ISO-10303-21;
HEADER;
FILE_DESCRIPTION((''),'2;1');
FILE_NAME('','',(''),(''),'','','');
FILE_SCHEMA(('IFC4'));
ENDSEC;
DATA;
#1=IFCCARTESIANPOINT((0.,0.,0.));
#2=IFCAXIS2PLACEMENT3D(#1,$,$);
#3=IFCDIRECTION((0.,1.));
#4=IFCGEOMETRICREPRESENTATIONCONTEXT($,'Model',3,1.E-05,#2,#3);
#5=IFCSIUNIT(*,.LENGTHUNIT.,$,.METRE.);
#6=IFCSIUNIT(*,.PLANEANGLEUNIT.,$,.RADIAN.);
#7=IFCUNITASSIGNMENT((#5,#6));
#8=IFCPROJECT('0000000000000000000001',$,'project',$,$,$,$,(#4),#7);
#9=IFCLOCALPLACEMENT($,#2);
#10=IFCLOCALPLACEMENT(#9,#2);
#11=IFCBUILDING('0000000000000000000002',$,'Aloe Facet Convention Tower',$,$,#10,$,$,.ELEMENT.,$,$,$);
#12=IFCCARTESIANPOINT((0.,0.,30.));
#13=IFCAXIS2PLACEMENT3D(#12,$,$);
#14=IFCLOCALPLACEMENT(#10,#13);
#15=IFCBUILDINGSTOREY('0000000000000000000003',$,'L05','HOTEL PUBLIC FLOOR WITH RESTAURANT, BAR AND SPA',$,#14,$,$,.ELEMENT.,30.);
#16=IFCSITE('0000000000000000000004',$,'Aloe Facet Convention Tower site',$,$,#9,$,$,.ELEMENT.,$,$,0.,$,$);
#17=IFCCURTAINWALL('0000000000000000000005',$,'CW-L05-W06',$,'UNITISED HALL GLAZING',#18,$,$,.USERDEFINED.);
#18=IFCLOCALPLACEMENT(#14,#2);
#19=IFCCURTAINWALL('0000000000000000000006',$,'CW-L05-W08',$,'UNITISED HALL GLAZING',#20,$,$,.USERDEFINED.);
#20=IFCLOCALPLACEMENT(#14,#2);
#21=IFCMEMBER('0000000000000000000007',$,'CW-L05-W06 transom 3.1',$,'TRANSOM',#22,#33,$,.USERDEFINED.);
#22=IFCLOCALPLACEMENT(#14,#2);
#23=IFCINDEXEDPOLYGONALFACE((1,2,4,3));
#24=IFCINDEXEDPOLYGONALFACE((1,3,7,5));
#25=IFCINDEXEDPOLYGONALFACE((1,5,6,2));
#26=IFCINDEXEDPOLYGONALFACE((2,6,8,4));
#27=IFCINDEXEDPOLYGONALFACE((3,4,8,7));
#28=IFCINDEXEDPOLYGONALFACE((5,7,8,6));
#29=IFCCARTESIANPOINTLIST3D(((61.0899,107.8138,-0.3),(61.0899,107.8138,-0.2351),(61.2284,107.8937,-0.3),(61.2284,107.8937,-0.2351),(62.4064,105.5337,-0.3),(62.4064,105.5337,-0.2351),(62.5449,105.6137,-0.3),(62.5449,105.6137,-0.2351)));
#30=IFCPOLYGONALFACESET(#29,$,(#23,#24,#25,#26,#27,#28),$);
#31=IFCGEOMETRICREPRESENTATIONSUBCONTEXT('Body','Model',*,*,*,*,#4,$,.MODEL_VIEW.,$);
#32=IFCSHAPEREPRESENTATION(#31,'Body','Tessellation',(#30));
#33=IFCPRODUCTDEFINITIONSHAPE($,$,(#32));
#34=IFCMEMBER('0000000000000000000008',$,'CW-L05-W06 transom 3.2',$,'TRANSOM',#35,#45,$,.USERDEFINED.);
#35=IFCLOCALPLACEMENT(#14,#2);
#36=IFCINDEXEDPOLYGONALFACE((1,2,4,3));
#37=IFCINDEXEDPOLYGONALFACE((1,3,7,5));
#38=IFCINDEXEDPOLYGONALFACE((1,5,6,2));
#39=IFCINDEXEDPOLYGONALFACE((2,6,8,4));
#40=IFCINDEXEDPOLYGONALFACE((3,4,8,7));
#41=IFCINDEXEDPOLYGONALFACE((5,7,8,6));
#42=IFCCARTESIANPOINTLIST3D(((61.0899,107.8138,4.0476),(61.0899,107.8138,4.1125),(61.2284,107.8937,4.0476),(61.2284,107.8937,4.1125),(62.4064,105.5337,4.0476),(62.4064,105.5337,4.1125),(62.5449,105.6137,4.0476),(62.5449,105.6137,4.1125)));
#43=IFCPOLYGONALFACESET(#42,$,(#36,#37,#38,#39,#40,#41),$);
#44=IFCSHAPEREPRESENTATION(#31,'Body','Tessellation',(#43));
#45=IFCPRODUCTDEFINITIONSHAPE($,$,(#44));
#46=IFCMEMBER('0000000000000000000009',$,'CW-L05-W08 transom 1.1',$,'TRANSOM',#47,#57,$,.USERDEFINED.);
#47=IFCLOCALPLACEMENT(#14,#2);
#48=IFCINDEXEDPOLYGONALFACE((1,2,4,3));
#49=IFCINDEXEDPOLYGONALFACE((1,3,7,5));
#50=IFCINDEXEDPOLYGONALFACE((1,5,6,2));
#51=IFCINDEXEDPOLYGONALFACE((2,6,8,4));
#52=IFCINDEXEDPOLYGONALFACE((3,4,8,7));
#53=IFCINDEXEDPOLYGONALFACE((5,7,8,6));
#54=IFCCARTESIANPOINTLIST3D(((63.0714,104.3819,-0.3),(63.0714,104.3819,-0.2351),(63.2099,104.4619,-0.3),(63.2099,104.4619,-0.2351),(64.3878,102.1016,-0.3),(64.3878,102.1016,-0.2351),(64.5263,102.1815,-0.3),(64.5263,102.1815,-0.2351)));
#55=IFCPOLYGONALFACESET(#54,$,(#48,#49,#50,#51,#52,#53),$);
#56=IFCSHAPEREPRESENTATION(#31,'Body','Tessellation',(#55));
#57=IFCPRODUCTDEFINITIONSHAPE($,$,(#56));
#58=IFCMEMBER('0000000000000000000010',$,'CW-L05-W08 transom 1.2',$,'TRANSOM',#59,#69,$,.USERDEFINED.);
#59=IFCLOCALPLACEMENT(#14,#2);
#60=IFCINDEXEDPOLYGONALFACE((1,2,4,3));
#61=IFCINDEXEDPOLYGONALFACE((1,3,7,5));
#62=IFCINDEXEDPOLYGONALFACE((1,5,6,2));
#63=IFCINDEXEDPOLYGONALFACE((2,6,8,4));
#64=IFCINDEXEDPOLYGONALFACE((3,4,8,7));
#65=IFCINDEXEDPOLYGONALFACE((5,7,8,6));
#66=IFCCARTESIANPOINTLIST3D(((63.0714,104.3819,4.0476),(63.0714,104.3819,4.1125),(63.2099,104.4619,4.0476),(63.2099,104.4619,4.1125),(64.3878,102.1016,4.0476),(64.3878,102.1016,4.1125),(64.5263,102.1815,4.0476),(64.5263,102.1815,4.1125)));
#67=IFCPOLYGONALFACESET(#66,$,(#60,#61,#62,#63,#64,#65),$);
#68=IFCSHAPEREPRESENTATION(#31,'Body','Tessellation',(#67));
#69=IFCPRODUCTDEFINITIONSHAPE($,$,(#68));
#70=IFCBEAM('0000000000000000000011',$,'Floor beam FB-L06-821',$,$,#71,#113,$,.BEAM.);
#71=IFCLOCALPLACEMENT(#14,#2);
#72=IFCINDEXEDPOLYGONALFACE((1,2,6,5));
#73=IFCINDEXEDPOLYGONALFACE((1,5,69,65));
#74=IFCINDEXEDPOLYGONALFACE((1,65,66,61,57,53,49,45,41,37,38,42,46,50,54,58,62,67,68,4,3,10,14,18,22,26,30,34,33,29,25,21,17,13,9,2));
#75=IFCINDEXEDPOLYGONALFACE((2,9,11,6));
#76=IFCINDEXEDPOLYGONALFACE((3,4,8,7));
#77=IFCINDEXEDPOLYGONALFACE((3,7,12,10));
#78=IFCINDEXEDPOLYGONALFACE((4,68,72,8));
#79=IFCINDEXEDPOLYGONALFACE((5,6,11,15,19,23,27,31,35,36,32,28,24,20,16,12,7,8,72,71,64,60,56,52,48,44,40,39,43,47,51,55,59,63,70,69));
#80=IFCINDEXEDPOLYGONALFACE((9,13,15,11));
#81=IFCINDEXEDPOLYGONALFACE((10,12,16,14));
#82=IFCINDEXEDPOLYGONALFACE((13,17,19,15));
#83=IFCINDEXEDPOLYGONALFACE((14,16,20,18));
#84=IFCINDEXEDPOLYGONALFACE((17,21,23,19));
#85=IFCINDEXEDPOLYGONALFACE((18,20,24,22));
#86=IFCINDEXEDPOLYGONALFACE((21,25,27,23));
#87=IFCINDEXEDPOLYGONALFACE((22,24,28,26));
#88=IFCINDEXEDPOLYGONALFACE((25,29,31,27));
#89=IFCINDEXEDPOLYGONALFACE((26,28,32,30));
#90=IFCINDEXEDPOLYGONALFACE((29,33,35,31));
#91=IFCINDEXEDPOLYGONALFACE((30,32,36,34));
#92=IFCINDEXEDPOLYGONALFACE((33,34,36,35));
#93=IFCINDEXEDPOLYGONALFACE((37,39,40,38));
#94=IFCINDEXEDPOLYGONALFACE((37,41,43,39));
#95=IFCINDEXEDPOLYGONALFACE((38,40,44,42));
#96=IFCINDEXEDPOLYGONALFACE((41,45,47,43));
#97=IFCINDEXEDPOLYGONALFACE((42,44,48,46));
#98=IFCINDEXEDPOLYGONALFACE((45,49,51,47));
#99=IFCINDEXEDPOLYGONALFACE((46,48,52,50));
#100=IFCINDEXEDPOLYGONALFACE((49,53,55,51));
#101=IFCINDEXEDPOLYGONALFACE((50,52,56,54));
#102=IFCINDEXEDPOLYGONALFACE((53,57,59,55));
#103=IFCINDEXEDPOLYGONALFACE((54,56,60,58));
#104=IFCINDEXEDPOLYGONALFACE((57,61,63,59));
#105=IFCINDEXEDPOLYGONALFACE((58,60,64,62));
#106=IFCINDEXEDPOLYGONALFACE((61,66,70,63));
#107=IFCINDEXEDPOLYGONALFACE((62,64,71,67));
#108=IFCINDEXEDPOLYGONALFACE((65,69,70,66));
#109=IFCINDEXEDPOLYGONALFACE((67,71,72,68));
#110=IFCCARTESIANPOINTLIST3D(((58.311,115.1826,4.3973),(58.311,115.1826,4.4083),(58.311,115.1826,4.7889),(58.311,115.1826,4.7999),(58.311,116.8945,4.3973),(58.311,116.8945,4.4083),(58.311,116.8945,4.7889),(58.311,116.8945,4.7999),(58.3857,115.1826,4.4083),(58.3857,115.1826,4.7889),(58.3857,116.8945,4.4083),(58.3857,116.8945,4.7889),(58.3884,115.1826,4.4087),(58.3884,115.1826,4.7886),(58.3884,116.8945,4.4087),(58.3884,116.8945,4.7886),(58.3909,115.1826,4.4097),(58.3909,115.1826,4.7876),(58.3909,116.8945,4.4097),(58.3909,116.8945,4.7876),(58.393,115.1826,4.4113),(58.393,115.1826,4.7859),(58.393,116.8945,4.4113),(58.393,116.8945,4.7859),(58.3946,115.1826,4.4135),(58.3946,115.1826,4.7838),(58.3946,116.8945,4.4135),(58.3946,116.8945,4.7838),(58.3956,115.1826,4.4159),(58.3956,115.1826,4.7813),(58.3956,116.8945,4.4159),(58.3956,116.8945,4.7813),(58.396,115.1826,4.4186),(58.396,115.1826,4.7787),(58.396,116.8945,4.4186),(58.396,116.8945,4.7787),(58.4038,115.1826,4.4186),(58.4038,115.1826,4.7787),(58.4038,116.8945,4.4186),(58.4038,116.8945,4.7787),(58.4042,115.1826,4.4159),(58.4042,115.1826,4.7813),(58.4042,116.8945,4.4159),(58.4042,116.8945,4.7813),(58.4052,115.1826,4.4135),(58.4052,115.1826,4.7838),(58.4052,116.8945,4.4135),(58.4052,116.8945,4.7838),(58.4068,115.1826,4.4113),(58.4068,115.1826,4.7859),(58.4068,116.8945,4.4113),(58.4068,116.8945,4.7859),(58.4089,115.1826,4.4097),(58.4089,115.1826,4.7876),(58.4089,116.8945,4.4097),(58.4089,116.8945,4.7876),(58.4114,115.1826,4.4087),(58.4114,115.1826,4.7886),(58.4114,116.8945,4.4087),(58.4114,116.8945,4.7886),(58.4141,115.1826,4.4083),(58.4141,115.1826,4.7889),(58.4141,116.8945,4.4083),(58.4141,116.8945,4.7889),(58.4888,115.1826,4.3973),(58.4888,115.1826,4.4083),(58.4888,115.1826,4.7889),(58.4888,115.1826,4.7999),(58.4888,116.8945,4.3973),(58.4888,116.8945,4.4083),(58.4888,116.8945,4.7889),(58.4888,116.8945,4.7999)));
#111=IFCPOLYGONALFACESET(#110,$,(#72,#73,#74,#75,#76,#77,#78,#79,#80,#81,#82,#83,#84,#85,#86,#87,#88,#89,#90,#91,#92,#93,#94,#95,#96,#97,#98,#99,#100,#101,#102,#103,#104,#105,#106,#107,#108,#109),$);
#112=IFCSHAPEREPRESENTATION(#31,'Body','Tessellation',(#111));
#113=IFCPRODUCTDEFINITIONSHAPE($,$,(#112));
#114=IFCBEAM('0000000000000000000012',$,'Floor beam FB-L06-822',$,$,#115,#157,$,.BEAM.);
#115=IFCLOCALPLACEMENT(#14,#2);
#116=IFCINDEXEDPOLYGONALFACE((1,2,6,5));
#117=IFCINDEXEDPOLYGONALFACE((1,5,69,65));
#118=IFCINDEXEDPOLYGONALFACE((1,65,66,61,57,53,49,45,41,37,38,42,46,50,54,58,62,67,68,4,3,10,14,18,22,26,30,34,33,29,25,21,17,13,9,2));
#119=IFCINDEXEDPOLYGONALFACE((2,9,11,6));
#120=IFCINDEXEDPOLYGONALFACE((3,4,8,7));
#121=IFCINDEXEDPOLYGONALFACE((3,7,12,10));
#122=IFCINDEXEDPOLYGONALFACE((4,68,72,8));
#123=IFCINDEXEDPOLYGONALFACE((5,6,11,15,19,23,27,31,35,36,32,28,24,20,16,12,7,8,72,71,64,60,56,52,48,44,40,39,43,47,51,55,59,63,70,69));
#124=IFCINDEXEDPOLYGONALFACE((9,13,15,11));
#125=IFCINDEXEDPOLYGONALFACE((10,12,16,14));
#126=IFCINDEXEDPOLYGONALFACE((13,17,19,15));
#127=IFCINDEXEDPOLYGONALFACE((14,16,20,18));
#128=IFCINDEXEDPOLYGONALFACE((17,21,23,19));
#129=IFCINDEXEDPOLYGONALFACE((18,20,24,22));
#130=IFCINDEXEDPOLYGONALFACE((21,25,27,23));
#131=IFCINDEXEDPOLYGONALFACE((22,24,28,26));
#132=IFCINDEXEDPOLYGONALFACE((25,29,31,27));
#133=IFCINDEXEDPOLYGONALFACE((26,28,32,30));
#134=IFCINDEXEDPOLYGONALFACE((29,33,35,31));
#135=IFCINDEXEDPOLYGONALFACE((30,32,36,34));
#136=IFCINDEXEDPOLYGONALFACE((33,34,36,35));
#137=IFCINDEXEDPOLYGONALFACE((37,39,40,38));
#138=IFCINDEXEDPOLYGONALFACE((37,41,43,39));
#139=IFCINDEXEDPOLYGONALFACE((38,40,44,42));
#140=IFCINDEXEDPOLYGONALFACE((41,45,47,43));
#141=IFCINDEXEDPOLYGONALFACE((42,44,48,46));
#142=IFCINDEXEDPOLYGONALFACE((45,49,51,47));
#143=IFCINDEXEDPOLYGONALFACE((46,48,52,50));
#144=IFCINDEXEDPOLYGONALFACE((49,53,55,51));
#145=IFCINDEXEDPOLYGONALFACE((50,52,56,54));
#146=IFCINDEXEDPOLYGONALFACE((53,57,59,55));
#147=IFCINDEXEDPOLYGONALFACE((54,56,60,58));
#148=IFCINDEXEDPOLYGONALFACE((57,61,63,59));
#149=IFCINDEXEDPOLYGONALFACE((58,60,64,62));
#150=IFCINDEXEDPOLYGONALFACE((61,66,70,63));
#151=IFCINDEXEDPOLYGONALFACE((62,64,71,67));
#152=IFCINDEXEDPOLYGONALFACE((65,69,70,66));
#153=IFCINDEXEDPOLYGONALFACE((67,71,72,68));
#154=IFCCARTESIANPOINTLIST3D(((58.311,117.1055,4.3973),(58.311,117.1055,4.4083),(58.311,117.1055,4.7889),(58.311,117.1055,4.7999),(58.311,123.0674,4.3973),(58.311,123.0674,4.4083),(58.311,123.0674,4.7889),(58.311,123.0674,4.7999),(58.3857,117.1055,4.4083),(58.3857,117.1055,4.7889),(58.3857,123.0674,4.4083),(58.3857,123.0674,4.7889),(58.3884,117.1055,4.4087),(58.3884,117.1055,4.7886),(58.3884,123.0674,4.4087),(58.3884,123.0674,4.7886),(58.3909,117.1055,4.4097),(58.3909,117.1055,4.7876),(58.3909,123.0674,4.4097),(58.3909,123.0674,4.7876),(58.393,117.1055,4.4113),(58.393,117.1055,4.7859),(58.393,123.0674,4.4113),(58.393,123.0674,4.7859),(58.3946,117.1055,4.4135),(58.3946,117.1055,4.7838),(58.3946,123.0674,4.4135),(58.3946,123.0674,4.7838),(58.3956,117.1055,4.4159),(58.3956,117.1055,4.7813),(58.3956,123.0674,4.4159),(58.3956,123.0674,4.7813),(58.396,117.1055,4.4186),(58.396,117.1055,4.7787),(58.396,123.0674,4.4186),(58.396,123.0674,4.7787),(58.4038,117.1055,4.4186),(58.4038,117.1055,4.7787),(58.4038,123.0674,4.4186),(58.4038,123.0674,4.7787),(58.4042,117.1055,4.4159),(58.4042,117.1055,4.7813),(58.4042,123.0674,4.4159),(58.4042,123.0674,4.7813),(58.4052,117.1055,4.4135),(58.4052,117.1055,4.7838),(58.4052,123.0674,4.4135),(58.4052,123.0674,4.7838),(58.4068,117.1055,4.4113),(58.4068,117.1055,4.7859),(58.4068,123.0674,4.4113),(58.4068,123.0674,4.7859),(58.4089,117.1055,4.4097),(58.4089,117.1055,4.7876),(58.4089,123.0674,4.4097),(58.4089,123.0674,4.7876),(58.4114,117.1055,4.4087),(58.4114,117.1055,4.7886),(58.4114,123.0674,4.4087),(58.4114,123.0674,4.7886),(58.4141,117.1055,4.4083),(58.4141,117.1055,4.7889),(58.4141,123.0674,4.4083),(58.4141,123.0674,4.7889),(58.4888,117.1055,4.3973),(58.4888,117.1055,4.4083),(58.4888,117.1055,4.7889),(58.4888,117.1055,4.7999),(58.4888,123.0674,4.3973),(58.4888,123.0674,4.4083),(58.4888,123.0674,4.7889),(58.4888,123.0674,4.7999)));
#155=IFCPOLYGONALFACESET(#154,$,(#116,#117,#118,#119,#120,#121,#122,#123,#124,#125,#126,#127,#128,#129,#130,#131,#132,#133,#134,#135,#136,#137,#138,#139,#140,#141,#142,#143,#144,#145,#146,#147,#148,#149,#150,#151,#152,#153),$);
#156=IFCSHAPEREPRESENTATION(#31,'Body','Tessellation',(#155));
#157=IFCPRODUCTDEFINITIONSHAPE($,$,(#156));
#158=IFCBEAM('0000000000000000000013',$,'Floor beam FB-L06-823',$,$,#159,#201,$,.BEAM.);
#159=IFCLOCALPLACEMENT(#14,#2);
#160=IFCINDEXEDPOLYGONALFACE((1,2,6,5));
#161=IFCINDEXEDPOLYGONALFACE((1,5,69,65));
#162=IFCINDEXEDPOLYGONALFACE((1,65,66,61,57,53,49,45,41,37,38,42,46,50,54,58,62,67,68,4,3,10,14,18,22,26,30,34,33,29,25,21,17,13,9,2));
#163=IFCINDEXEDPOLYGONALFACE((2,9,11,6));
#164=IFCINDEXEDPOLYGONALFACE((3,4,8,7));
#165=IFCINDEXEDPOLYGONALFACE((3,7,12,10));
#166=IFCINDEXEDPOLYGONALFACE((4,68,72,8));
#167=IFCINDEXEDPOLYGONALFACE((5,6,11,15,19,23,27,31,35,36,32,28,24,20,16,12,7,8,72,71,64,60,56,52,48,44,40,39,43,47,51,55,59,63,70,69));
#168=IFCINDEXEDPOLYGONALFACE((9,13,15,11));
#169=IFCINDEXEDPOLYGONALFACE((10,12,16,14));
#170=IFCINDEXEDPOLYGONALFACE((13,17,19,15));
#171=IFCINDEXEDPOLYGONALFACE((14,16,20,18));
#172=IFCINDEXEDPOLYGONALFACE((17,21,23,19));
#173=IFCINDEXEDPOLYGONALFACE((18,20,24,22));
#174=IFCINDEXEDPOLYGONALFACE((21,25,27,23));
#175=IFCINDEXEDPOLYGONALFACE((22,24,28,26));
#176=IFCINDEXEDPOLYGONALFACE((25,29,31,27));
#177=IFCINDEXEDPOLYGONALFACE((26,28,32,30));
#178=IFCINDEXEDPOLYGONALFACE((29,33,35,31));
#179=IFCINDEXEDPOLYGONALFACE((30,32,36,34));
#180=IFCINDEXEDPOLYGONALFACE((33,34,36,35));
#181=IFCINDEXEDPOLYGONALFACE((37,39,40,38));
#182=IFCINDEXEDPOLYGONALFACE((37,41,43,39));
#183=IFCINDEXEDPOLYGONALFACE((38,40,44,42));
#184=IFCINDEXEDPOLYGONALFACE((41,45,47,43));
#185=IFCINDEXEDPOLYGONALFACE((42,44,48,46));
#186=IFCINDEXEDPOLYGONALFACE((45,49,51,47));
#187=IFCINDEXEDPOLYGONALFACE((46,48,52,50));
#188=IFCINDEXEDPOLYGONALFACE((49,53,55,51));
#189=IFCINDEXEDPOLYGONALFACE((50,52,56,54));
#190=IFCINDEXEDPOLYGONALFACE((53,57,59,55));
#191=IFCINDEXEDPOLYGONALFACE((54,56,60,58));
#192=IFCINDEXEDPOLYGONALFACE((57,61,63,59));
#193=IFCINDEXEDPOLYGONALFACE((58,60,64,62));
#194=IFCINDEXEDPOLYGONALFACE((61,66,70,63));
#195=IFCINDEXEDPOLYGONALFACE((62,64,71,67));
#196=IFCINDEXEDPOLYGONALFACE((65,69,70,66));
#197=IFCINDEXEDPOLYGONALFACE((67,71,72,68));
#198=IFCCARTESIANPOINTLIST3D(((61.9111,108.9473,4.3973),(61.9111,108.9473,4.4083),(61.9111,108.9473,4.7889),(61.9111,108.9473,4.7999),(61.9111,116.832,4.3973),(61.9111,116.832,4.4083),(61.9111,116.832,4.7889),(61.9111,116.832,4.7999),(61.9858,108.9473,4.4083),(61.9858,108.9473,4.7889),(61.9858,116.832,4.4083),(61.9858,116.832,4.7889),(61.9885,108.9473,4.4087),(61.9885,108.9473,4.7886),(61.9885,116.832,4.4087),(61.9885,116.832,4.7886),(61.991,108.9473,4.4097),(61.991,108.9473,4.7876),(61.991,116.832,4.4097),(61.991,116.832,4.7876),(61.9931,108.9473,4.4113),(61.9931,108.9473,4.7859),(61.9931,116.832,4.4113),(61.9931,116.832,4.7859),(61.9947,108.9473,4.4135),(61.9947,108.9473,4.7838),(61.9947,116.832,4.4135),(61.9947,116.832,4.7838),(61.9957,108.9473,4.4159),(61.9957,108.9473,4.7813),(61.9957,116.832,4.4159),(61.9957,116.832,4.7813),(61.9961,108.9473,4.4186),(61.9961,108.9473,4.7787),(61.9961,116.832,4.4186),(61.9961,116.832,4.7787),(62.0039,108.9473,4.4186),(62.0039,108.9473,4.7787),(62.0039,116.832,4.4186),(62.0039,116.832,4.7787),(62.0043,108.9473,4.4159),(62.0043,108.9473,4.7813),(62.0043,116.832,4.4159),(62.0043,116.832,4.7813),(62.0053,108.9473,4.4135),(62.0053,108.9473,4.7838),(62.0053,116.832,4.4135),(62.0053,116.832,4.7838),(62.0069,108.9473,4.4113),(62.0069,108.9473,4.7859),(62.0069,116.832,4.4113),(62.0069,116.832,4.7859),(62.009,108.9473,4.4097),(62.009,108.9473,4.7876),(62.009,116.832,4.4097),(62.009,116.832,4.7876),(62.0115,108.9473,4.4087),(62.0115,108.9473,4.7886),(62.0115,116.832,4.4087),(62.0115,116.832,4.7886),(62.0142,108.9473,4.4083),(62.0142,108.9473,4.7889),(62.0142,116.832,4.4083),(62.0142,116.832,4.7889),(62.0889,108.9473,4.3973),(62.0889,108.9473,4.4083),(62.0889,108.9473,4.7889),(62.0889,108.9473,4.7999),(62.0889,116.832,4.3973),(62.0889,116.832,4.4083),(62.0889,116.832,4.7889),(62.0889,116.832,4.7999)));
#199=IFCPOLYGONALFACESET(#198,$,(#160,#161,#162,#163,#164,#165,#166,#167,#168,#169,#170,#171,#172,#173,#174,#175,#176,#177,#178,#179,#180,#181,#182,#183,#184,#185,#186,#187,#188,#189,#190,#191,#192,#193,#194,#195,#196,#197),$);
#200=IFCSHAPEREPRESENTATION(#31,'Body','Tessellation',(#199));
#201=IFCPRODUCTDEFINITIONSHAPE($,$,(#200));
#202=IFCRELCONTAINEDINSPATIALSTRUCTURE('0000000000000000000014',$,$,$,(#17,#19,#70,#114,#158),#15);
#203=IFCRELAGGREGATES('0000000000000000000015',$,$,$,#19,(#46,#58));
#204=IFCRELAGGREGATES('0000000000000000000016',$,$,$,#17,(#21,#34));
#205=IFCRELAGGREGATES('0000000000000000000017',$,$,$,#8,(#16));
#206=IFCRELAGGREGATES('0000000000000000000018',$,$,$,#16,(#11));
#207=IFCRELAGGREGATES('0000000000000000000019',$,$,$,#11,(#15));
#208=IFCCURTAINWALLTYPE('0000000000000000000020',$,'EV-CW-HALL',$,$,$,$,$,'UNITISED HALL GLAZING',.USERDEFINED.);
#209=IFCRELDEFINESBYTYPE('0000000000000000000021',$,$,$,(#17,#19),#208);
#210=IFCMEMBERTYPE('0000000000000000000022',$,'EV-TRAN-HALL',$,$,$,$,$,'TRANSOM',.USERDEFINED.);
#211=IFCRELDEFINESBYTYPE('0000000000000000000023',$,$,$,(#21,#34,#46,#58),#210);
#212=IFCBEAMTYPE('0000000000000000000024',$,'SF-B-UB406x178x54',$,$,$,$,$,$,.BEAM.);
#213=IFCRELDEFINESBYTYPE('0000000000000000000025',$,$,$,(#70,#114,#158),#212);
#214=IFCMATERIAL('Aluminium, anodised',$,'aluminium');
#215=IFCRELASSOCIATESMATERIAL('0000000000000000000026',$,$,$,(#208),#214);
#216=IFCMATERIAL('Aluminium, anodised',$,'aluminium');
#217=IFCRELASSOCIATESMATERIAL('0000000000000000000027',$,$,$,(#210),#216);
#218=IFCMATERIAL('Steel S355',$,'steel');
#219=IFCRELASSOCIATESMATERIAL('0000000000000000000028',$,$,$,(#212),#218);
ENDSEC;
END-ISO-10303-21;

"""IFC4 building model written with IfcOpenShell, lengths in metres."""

from ifc_helpers import new_model, si_unit, direction, frame, origin, origin_2d, place, context, subcontext, project, spatial, rectangle, i_section, extrude, material, material_profile, profile_set, type_object, element, aggregate, save


model = new_model("IFC4")

# Units and contexts
model_context = context("Model", 3, precision=1e-05, world=origin(), true_north=direction((0.0, 1.0)))
body_context = subcontext(model_context, "Body", "Model", "MODEL_VIEW")
ifc_project = project(units=[si_unit("LENGTHUNIT", "METRE"), si_unit("PLANEANGLEUNIT", "RADIAN")], contexts=[model_context])

# Site, building, storey
site_placement = place(None, origin())
site = spatial("IfcSite", under=ifc_project, at=site_placement, Name="Aloe Facet Convention Tower site", CompositionType="ELEMENT", RefElevation=0.0)
building_placement = place(site_placement, origin())
building = spatial("IfcBuilding", under=site, at=building_placement, Name="Aloe Facet Convention Tower", CompositionType="ELEMENT")
storey_placement = place(building_placement, frame((0.0, 0.0, 30.0)))
storey = spatial("IfcBuildingStorey", under=building, at=storey_placement, Name="L05", Description="HOTEL PUBLIC FLOOR WITH RESTAURANT, BAR AND SPA", CompositionType="ELEMENT", Elevation=30.0)

# Curtain wall
ifc_material_1 = material(Name="Aluminium, anodised", Category="aluminium")
curtain_wall_type = type_object("IfcCurtainWallType", Name="EV-CW-HALL", ElementType="UNITISED HALL GLAZING", PredefinedType="USERDEFINED", material=ifc_material_1)
curtain_wall_1_placement = place(storey_placement, origin())
curtain_wall_1 = element("IfcCurtainWall", 1, at=curtain_wall_1_placement, inside=storey, type_object=curtain_wall_type, Name="CW-L05-W06", ObjectType="UNITISED HALL GLAZING", PredefinedType="USERDEFINED")

# Curtain wall
curtain_wall_2_placement = place(storey_placement, origin())
curtain_wall_2 = element("IfcCurtainWall", 2, at=curtain_wall_2_placement, inside=storey, type_object=curtain_wall_type, Name="CW-L05-W08", ObjectType="UNITISED HALL GLAZING", PredefinedType="USERDEFINED")

# Members
ifc_material_2 = material(Name="Aluminium, anodised", Category="aluminium")
ifc_material_profile_1 = material_profile(ifc_material_2, rectangle(XDim=0.1599, YDim=0.0649, at=origin_2d()), Name="AL 160x65")
ifc_profile_set_1 = profile_set([ifc_material_profile_1], Name="Aluminium, anodised")
member_type_1 = type_object("IfcMemberType", Name="EV-TRAN-HALL", ElementType="TRANSOM", PredefinedType="USERDEFINED", material=ifc_profile_set_1)
member_1_placement = place(storey_placement, frame((61.1592, 107.8538, -0.2676), z_axis=(0.500009, -0.86602, 0.0), x_axis=(0.86602, 0.500009, 0.0)))
member_1 = element("IfcMember", 3, at=member_1_placement, type_object=member_type_1, Name="CW-L05-W06 transom 3.1", ObjectType="TRANSOM", PredefinedType="USERDEFINED", context=body_context, shape_type="SweptSolid", body=[
    extrude(rectangle(XDim=0.1599, YDim=0.0649, at=origin_2d()), origin(), (0.0, 0.0, 1.0), 2.6328),
])
member_2_placement = place(storey_placement, frame((61.1592, 107.8538, 4.0801), z_axis=(0.500009, -0.86602, 0.0), x_axis=(0.86602, 0.500009, 0.0)))
member_2 = element("IfcMember", 4, at=member_2_placement, type_object=member_type_1, Name="CW-L05-W06 transom 3.2", ObjectType="TRANSOM", PredefinedType="USERDEFINED", context=body_context, shape_type="SweptSolid", body=[
    extrude(rectangle(XDim=0.1599, YDim=0.0649, at=origin_2d()), origin(), (0.0, 0.0, 1.0), 2.6328),
])
member_3_placement = place(storey_placement, frame((63.1406, 104.4219, -0.2676), z_axis=(0.499969, -0.866044, 0.0), x_axis=(0.866044, 0.499969, 0.0)))
member_3 = element("IfcMember", 5, at=member_3_placement, type_object=member_type_1, Name="CW-L05-W08 transom 1.1", ObjectType="TRANSOM", PredefinedType="USERDEFINED", context=body_context, shape_type="SweptSolid", body=[
    extrude(rectangle(XDim=0.1599, YDim=0.0649, at=origin_2d()), origin(), (0.0, 0.0, 1.0), 2.6331),
])
member_4_placement = place(storey_placement, frame((63.1406, 104.4219, 4.0801), z_axis=(0.499969, -0.866044, 0.0), x_axis=(0.866044, 0.499969, 0.0)))
member_4 = element("IfcMember", 6, at=member_4_placement, type_object=member_type_1, Name="CW-L05-W08 transom 1.2", ObjectType="TRANSOM", PredefinedType="USERDEFINED", context=body_context, shape_type="SweptSolid", body=[
    extrude(rectangle(XDim=0.1599, YDim=0.0649, at=origin_2d()), origin(), (0.0, 0.0, 1.0), 2.6331),
])
aggregate(curtain_wall_2, [member_3, member_4])

# Beams
ifc_material_3 = material(Name="Steel S355", Category="steel")
ifc_material_profile_2 = material_profile(ifc_material_3, i_section(OverallWidth=0.1777, OverallDepth=0.4026, WebThickness=0.0078, FlangeThickness=0.011, FilletRadius=0.0103, at=origin_2d()), Name="UB 406x178x54")
ifc_profile_set_2 = profile_set([ifc_material_profile_2], Name="Steel S355")
beam_type_1 = type_object("IfcBeamType", Name="SF-B-UB406x178x54", PredefinedType="BEAM", material=ifc_profile_set_2)
beam_1_placement = place(storey_placement, frame((58.3999, 115.1826, 4.5986), z_axis=(0.0, 1.0, 0.0), x_axis=(-1.0, 0.0, 0.0)))
element("IfcBeam", 7, at=beam_1_placement, inside=storey, type_object=beam_type_1, Name="Floor beam FB-L06-821", PredefinedType="BEAM", context=body_context, shape_type="SweptSolid", body=[
    extrude(i_section(OverallWidth=0.1777, OverallDepth=0.4026, WebThickness=0.0078, FlangeThickness=0.011, FilletRadius=0.0103, at=origin_2d()), origin(), (0.0, 0.0, 1.0), 1.7119),
])
beam_2_placement = place(storey_placement, frame((58.3999, 117.1055, 4.5986), z_axis=(0.0, 1.0, 0.0), x_axis=(-1.0, 0.0, 0.0)))
element("IfcBeam", 8, at=beam_2_placement, inside=storey, type_object=beam_type_1, Name="Floor beam FB-L06-822", PredefinedType="BEAM", context=body_context, shape_type="SweptSolid", body=[
    extrude(i_section(OverallWidth=0.1777, OverallDepth=0.4026, WebThickness=0.0078, FlangeThickness=0.011, FilletRadius=0.0103, at=origin_2d()), origin(), (0.0, 0.0, 1.0), 5.9619),
])
beam_3_placement = place(storey_placement, frame((62.0, 108.9473, 4.5986), z_axis=(0.0, 1.0, 0.0), x_axis=(-1.0, 0.0, 0.0)))
element("IfcBeam", 9, at=beam_3_placement, inside=storey, type_object=beam_type_1, Name="Floor beam FB-L06-823", PredefinedType="BEAM", context=body_context, shape_type="SweptSolid", body=[
    extrude(i_section(OverallWidth=0.1777, OverallDepth=0.4026, WebThickness=0.0078, FlangeThickness=0.011, FilletRadius=0.0103, at=origin_2d()), origin(), (0.0, 0.0, 1.0), 7.8848),
])

aggregate(curtain_wall_1, [member_1, member_2])

save(model, "model.ifc")
